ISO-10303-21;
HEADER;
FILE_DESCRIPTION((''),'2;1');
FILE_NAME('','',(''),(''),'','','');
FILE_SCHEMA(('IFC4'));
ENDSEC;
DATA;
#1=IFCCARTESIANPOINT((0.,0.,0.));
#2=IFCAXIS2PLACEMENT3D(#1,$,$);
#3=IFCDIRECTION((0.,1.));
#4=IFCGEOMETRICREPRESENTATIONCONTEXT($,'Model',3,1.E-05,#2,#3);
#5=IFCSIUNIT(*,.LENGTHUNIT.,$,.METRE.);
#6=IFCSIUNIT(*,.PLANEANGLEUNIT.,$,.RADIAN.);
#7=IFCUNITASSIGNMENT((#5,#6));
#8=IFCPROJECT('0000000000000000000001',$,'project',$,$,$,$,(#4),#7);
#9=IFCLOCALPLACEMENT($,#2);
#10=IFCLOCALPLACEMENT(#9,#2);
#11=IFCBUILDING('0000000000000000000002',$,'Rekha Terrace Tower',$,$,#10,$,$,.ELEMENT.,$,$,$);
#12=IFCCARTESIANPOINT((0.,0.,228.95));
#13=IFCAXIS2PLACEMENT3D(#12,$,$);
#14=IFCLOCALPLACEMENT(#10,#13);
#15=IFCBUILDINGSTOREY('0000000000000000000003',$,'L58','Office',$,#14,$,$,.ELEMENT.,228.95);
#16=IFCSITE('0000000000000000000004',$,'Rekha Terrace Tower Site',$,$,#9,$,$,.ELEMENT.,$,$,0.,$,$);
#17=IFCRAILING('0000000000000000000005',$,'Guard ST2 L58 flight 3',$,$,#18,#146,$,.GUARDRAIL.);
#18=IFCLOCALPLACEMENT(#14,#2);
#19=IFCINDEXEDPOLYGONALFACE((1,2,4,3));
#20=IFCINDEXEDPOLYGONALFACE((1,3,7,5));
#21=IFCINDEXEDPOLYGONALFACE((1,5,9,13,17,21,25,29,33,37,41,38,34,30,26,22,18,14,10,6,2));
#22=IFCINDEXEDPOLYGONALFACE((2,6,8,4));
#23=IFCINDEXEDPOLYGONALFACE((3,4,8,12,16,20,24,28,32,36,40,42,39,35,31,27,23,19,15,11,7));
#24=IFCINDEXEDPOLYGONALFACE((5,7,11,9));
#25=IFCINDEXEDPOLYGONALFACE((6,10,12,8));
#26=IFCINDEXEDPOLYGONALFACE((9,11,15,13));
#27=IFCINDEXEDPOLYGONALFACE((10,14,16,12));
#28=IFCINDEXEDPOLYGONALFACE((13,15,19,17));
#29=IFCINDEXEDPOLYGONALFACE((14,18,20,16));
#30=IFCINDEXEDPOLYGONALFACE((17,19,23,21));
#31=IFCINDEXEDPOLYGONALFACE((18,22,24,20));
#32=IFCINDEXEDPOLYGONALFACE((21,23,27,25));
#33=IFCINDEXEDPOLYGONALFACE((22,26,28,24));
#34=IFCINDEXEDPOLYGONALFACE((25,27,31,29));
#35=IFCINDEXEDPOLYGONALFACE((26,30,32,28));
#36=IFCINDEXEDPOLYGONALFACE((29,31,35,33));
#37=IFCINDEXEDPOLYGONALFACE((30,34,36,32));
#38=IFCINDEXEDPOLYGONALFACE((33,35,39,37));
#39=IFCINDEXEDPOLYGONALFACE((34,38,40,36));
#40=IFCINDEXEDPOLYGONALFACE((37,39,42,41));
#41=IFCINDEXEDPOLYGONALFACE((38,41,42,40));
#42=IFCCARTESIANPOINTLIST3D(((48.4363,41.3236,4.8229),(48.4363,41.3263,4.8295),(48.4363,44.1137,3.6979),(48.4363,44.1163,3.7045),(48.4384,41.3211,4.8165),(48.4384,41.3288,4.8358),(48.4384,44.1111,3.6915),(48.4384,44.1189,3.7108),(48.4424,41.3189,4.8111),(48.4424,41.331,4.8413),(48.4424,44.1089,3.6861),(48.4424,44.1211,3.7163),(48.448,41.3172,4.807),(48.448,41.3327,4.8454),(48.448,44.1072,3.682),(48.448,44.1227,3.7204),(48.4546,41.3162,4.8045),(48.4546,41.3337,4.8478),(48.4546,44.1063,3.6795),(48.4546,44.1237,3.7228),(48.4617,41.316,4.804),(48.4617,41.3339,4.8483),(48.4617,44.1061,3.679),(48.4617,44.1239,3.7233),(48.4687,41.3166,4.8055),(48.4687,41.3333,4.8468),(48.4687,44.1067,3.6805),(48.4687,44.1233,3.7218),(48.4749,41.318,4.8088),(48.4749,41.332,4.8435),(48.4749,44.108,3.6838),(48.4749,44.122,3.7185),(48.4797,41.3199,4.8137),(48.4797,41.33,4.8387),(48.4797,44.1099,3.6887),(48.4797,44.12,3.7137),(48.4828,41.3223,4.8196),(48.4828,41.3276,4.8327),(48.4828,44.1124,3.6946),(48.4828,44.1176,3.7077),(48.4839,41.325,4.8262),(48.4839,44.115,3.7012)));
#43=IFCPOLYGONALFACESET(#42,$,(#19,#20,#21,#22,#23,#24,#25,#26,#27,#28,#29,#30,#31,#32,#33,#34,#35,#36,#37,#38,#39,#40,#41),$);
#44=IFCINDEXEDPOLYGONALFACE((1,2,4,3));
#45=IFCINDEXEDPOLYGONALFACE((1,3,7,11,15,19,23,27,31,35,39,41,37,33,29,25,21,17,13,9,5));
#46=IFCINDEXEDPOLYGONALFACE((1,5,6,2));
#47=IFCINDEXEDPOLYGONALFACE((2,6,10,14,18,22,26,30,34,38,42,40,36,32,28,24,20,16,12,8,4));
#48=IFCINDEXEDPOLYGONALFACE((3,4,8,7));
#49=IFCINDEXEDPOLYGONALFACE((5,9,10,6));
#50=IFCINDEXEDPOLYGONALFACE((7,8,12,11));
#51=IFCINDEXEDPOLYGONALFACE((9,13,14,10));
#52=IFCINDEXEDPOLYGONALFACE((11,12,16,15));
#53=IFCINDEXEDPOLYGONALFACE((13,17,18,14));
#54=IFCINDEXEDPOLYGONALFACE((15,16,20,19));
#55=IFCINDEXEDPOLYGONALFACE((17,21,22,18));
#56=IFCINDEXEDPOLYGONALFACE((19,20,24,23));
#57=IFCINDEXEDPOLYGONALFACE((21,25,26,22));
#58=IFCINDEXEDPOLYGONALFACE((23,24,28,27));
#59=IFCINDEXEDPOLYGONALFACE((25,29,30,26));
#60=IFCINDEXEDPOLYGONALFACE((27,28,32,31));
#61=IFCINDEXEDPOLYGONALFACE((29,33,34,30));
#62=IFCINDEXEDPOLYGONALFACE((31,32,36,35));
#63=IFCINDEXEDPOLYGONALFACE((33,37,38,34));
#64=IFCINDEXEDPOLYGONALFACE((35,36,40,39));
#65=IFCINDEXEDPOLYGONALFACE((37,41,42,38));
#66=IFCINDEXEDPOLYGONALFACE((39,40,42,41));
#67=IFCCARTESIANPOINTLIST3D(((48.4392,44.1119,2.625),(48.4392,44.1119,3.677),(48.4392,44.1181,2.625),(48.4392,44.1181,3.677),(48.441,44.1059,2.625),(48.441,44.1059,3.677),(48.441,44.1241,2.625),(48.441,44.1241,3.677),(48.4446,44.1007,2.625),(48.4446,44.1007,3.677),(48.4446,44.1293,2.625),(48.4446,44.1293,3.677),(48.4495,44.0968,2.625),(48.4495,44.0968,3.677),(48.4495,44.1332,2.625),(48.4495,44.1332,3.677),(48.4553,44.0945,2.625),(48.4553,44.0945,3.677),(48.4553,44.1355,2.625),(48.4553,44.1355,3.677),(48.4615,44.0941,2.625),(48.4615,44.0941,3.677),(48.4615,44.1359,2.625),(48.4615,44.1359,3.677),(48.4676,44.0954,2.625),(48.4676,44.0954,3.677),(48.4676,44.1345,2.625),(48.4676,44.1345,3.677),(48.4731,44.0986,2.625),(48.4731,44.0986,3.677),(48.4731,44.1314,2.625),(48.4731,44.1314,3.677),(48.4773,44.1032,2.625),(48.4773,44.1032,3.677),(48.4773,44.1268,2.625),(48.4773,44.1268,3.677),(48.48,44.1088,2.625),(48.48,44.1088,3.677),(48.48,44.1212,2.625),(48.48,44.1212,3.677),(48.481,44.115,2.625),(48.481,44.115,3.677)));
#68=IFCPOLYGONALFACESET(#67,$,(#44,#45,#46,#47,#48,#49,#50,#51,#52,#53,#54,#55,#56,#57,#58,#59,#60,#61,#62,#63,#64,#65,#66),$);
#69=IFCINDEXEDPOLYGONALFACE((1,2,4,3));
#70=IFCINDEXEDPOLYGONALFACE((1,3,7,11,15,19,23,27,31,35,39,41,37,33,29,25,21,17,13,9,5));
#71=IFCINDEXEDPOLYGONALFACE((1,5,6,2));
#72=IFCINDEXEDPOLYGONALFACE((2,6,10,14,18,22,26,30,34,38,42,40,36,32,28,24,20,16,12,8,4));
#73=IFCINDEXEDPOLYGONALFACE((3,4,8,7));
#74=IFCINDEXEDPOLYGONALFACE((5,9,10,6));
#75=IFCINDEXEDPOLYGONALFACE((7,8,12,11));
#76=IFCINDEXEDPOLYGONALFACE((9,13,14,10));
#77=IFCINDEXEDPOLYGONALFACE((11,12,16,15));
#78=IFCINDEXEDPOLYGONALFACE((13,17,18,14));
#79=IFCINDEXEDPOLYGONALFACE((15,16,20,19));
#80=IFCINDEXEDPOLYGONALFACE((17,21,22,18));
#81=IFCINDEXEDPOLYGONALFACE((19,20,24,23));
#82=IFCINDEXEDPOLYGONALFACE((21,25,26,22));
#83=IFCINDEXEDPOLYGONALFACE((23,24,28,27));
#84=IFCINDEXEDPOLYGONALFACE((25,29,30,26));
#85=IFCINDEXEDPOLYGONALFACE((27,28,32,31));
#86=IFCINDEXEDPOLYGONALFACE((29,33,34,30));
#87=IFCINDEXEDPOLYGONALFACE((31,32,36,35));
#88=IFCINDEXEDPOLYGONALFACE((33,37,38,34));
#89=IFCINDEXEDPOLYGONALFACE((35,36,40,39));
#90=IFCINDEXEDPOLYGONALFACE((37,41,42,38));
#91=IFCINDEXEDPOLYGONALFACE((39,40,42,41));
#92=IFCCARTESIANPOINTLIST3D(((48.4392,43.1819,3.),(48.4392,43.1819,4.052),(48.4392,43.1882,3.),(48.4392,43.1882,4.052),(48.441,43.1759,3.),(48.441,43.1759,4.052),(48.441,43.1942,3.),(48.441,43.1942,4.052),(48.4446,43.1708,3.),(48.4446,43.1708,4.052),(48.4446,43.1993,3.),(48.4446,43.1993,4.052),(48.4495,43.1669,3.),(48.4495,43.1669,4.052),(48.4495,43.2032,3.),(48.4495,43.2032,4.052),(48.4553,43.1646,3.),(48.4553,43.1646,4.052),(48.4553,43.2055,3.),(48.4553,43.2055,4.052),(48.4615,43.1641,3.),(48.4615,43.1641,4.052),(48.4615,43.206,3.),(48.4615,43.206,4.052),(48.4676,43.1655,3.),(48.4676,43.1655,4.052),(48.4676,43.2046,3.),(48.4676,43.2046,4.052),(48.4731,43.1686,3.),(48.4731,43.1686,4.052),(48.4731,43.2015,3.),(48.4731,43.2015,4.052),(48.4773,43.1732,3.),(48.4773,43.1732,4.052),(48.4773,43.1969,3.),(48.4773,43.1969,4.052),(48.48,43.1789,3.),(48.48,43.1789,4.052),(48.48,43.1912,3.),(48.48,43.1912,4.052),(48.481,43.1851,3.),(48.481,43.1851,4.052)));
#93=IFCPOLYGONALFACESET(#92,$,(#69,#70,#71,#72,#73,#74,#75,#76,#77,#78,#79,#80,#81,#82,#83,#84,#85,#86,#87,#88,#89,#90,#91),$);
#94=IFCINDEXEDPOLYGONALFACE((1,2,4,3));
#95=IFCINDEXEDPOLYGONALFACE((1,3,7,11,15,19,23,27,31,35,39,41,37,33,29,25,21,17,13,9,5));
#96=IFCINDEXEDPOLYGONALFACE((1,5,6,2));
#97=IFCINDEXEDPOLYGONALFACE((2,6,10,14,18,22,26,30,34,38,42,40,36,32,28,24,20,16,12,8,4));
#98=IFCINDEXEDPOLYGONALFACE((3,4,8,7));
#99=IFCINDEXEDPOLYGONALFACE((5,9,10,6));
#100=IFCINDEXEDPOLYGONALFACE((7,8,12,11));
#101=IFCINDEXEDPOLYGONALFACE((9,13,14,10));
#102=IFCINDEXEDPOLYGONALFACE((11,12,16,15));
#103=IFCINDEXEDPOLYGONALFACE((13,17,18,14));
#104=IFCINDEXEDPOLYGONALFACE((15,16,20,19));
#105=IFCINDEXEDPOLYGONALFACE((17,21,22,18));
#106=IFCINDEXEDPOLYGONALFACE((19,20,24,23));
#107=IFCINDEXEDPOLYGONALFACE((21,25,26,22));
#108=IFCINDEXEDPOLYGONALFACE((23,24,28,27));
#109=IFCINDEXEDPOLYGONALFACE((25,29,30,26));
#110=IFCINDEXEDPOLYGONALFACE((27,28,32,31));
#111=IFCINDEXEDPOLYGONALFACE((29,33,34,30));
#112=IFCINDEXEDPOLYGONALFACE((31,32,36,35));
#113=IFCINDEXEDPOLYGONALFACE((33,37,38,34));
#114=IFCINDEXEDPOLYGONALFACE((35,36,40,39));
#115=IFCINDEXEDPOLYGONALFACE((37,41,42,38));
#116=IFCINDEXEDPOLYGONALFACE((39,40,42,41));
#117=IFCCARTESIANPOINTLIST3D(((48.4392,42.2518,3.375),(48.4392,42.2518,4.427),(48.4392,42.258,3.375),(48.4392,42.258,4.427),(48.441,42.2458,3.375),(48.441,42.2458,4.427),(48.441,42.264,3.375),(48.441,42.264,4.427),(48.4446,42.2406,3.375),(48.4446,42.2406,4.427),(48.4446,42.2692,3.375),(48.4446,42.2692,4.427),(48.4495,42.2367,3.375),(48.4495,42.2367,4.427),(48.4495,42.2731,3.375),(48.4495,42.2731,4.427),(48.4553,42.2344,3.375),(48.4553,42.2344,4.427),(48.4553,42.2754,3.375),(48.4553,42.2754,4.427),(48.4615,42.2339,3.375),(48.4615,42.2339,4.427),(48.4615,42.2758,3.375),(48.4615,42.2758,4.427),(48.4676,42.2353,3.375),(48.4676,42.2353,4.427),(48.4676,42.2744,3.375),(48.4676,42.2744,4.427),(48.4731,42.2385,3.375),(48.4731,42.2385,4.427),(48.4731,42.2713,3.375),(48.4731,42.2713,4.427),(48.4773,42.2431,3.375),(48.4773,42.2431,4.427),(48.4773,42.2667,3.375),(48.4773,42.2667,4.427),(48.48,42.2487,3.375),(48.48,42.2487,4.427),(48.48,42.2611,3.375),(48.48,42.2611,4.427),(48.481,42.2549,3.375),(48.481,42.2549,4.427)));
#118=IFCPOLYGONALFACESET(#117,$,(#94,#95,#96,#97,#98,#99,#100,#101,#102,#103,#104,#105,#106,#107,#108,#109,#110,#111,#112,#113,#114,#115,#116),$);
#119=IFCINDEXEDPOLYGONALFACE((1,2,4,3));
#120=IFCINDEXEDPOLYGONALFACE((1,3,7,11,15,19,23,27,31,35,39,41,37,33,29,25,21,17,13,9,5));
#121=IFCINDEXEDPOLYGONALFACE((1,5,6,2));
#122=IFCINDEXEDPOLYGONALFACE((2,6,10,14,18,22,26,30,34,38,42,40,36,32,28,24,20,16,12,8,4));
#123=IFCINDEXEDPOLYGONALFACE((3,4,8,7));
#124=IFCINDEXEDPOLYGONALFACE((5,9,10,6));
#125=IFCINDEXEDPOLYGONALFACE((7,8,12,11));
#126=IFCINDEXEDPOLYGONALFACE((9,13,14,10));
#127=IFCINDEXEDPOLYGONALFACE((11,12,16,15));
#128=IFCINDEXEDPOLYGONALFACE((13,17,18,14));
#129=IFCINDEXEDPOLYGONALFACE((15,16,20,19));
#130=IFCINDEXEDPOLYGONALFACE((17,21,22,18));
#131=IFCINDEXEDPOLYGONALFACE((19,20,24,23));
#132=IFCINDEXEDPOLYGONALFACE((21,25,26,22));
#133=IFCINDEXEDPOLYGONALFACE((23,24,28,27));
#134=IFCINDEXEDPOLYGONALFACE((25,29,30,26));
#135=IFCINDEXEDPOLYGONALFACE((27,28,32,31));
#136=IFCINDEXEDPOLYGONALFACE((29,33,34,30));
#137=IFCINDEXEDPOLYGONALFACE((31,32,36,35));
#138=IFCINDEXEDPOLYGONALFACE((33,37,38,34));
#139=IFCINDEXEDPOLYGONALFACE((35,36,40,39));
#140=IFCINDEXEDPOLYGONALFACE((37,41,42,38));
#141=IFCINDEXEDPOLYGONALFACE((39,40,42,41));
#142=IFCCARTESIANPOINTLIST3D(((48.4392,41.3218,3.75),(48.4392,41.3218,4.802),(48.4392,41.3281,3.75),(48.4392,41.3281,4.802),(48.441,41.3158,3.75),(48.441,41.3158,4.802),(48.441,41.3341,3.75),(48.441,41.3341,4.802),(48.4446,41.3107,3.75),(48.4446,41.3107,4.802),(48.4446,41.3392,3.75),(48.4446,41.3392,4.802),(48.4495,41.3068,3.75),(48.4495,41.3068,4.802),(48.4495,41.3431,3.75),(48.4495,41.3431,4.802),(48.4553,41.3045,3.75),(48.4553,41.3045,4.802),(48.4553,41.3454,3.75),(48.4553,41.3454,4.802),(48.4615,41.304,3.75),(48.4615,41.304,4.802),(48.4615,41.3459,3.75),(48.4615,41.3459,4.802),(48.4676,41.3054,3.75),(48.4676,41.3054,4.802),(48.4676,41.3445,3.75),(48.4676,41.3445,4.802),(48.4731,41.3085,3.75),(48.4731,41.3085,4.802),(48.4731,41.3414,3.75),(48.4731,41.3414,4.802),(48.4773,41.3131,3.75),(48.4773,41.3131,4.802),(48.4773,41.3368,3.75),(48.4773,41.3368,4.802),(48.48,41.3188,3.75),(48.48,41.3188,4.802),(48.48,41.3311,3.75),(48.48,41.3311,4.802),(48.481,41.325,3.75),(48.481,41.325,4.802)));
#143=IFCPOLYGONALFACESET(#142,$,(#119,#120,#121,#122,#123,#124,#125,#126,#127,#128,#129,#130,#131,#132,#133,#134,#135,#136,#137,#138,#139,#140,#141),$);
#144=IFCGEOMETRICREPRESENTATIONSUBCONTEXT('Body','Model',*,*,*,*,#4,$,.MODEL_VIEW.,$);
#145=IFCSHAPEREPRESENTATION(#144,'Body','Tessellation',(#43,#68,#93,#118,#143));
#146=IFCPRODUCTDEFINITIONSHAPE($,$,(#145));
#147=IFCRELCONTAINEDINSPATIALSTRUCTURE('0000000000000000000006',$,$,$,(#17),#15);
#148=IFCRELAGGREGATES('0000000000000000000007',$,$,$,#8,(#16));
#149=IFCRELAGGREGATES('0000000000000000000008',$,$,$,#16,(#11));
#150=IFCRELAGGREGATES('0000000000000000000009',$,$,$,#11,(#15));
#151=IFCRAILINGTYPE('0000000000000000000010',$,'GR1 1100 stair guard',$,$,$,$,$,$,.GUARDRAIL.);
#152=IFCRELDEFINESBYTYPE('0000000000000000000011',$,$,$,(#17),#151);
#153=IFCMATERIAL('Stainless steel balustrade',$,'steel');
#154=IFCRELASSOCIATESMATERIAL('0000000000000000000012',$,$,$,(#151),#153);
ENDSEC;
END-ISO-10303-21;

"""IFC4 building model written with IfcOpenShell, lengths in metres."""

from ifc_helpers import new_model, si_unit, direction, frame, origin, origin_2d, place, context, subcontext, project, spatial, circle, extrude, material, type_object, element, save


model = new_model("IFC4")

# Units and contexts
model_context = context("Model", 3, precision=1e-05, world=origin(), true_north=direction((0.0, 1.0)))
body_context = subcontext(model_context, "Body", "Model", "MODEL_VIEW")
ifc_project = project(units=[si_unit("LENGTHUNIT", "METRE"), si_unit("PLANEANGLEUNIT", "RADIAN")], contexts=[model_context])

# Site, building, storey
site_placement = place(None, origin())
site = spatial("IfcSite", under=ifc_project, at=site_placement, Name="Rekha Terrace Tower Site", CompositionType="ELEMENT", RefElevation=0.0)
building_placement = place(site_placement, origin())
building = spatial("IfcBuilding", under=site, at=building_placement, Name="Rekha Terrace Tower", CompositionType="ELEMENT")
storey_placement = place(building_placement, frame((0.0, 0.0, 228.95)))
storey = spatial("IfcBuildingStorey", under=building, at=storey_placement, Name="L58", Description="Office", CompositionType="ELEMENT", Elevation=228.95)

# Railing
ifc_material_1 = material(Name="Stainless steel balustrade", Category="steel")
railing_type_1 = type_object("IfcRailingType", Name="GR1 1100 stair guard", PredefinedType="GUARDRAIL", material=ifc_material_1)
railing_1_placement = place(storey_placement, frame((48.46, 44.115, 2.625)))
element("IfcRailing", 1, at=railing_1_placement, inside=storey, type_object=railing_type_1, Name="Guard ST2 L58 flight 3", PredefinedType="GUARDRAIL", context=body_context, shape_type="SweptSolid", body=[
    extrude(circle(Radius=0.0239, at=origin_2d()), frame((0.0, 0.0, 1.0762), z_axis=(0.0, -0.927443, 0.373964), x_axis=(1.0, 0.0, 0.0)), (0.0, 0.0, 1.0), 3.0083),
    extrude(circle(Radius=0.021, at=origin_2d()), origin(), (0.0, 0.0, 1.0), 1.052),
    extrude(circle(Radius=0.021, at=origin_2d()), frame((0.0, -0.9299, 0.375)), (0.0, 0.0, 1.0), 1.052),
    extrude(circle(Radius=0.021, at=origin_2d()), frame((0.0, -1.8601, 0.75)), (0.0, 0.0, 1.0), 1.052),
    extrude(circle(Radius=0.021, at=origin_2d()), frame((0.0, -2.79, 1.125)), (0.0, 0.0, 1.0), 1.052),
])

save(model, "model.ifc")
